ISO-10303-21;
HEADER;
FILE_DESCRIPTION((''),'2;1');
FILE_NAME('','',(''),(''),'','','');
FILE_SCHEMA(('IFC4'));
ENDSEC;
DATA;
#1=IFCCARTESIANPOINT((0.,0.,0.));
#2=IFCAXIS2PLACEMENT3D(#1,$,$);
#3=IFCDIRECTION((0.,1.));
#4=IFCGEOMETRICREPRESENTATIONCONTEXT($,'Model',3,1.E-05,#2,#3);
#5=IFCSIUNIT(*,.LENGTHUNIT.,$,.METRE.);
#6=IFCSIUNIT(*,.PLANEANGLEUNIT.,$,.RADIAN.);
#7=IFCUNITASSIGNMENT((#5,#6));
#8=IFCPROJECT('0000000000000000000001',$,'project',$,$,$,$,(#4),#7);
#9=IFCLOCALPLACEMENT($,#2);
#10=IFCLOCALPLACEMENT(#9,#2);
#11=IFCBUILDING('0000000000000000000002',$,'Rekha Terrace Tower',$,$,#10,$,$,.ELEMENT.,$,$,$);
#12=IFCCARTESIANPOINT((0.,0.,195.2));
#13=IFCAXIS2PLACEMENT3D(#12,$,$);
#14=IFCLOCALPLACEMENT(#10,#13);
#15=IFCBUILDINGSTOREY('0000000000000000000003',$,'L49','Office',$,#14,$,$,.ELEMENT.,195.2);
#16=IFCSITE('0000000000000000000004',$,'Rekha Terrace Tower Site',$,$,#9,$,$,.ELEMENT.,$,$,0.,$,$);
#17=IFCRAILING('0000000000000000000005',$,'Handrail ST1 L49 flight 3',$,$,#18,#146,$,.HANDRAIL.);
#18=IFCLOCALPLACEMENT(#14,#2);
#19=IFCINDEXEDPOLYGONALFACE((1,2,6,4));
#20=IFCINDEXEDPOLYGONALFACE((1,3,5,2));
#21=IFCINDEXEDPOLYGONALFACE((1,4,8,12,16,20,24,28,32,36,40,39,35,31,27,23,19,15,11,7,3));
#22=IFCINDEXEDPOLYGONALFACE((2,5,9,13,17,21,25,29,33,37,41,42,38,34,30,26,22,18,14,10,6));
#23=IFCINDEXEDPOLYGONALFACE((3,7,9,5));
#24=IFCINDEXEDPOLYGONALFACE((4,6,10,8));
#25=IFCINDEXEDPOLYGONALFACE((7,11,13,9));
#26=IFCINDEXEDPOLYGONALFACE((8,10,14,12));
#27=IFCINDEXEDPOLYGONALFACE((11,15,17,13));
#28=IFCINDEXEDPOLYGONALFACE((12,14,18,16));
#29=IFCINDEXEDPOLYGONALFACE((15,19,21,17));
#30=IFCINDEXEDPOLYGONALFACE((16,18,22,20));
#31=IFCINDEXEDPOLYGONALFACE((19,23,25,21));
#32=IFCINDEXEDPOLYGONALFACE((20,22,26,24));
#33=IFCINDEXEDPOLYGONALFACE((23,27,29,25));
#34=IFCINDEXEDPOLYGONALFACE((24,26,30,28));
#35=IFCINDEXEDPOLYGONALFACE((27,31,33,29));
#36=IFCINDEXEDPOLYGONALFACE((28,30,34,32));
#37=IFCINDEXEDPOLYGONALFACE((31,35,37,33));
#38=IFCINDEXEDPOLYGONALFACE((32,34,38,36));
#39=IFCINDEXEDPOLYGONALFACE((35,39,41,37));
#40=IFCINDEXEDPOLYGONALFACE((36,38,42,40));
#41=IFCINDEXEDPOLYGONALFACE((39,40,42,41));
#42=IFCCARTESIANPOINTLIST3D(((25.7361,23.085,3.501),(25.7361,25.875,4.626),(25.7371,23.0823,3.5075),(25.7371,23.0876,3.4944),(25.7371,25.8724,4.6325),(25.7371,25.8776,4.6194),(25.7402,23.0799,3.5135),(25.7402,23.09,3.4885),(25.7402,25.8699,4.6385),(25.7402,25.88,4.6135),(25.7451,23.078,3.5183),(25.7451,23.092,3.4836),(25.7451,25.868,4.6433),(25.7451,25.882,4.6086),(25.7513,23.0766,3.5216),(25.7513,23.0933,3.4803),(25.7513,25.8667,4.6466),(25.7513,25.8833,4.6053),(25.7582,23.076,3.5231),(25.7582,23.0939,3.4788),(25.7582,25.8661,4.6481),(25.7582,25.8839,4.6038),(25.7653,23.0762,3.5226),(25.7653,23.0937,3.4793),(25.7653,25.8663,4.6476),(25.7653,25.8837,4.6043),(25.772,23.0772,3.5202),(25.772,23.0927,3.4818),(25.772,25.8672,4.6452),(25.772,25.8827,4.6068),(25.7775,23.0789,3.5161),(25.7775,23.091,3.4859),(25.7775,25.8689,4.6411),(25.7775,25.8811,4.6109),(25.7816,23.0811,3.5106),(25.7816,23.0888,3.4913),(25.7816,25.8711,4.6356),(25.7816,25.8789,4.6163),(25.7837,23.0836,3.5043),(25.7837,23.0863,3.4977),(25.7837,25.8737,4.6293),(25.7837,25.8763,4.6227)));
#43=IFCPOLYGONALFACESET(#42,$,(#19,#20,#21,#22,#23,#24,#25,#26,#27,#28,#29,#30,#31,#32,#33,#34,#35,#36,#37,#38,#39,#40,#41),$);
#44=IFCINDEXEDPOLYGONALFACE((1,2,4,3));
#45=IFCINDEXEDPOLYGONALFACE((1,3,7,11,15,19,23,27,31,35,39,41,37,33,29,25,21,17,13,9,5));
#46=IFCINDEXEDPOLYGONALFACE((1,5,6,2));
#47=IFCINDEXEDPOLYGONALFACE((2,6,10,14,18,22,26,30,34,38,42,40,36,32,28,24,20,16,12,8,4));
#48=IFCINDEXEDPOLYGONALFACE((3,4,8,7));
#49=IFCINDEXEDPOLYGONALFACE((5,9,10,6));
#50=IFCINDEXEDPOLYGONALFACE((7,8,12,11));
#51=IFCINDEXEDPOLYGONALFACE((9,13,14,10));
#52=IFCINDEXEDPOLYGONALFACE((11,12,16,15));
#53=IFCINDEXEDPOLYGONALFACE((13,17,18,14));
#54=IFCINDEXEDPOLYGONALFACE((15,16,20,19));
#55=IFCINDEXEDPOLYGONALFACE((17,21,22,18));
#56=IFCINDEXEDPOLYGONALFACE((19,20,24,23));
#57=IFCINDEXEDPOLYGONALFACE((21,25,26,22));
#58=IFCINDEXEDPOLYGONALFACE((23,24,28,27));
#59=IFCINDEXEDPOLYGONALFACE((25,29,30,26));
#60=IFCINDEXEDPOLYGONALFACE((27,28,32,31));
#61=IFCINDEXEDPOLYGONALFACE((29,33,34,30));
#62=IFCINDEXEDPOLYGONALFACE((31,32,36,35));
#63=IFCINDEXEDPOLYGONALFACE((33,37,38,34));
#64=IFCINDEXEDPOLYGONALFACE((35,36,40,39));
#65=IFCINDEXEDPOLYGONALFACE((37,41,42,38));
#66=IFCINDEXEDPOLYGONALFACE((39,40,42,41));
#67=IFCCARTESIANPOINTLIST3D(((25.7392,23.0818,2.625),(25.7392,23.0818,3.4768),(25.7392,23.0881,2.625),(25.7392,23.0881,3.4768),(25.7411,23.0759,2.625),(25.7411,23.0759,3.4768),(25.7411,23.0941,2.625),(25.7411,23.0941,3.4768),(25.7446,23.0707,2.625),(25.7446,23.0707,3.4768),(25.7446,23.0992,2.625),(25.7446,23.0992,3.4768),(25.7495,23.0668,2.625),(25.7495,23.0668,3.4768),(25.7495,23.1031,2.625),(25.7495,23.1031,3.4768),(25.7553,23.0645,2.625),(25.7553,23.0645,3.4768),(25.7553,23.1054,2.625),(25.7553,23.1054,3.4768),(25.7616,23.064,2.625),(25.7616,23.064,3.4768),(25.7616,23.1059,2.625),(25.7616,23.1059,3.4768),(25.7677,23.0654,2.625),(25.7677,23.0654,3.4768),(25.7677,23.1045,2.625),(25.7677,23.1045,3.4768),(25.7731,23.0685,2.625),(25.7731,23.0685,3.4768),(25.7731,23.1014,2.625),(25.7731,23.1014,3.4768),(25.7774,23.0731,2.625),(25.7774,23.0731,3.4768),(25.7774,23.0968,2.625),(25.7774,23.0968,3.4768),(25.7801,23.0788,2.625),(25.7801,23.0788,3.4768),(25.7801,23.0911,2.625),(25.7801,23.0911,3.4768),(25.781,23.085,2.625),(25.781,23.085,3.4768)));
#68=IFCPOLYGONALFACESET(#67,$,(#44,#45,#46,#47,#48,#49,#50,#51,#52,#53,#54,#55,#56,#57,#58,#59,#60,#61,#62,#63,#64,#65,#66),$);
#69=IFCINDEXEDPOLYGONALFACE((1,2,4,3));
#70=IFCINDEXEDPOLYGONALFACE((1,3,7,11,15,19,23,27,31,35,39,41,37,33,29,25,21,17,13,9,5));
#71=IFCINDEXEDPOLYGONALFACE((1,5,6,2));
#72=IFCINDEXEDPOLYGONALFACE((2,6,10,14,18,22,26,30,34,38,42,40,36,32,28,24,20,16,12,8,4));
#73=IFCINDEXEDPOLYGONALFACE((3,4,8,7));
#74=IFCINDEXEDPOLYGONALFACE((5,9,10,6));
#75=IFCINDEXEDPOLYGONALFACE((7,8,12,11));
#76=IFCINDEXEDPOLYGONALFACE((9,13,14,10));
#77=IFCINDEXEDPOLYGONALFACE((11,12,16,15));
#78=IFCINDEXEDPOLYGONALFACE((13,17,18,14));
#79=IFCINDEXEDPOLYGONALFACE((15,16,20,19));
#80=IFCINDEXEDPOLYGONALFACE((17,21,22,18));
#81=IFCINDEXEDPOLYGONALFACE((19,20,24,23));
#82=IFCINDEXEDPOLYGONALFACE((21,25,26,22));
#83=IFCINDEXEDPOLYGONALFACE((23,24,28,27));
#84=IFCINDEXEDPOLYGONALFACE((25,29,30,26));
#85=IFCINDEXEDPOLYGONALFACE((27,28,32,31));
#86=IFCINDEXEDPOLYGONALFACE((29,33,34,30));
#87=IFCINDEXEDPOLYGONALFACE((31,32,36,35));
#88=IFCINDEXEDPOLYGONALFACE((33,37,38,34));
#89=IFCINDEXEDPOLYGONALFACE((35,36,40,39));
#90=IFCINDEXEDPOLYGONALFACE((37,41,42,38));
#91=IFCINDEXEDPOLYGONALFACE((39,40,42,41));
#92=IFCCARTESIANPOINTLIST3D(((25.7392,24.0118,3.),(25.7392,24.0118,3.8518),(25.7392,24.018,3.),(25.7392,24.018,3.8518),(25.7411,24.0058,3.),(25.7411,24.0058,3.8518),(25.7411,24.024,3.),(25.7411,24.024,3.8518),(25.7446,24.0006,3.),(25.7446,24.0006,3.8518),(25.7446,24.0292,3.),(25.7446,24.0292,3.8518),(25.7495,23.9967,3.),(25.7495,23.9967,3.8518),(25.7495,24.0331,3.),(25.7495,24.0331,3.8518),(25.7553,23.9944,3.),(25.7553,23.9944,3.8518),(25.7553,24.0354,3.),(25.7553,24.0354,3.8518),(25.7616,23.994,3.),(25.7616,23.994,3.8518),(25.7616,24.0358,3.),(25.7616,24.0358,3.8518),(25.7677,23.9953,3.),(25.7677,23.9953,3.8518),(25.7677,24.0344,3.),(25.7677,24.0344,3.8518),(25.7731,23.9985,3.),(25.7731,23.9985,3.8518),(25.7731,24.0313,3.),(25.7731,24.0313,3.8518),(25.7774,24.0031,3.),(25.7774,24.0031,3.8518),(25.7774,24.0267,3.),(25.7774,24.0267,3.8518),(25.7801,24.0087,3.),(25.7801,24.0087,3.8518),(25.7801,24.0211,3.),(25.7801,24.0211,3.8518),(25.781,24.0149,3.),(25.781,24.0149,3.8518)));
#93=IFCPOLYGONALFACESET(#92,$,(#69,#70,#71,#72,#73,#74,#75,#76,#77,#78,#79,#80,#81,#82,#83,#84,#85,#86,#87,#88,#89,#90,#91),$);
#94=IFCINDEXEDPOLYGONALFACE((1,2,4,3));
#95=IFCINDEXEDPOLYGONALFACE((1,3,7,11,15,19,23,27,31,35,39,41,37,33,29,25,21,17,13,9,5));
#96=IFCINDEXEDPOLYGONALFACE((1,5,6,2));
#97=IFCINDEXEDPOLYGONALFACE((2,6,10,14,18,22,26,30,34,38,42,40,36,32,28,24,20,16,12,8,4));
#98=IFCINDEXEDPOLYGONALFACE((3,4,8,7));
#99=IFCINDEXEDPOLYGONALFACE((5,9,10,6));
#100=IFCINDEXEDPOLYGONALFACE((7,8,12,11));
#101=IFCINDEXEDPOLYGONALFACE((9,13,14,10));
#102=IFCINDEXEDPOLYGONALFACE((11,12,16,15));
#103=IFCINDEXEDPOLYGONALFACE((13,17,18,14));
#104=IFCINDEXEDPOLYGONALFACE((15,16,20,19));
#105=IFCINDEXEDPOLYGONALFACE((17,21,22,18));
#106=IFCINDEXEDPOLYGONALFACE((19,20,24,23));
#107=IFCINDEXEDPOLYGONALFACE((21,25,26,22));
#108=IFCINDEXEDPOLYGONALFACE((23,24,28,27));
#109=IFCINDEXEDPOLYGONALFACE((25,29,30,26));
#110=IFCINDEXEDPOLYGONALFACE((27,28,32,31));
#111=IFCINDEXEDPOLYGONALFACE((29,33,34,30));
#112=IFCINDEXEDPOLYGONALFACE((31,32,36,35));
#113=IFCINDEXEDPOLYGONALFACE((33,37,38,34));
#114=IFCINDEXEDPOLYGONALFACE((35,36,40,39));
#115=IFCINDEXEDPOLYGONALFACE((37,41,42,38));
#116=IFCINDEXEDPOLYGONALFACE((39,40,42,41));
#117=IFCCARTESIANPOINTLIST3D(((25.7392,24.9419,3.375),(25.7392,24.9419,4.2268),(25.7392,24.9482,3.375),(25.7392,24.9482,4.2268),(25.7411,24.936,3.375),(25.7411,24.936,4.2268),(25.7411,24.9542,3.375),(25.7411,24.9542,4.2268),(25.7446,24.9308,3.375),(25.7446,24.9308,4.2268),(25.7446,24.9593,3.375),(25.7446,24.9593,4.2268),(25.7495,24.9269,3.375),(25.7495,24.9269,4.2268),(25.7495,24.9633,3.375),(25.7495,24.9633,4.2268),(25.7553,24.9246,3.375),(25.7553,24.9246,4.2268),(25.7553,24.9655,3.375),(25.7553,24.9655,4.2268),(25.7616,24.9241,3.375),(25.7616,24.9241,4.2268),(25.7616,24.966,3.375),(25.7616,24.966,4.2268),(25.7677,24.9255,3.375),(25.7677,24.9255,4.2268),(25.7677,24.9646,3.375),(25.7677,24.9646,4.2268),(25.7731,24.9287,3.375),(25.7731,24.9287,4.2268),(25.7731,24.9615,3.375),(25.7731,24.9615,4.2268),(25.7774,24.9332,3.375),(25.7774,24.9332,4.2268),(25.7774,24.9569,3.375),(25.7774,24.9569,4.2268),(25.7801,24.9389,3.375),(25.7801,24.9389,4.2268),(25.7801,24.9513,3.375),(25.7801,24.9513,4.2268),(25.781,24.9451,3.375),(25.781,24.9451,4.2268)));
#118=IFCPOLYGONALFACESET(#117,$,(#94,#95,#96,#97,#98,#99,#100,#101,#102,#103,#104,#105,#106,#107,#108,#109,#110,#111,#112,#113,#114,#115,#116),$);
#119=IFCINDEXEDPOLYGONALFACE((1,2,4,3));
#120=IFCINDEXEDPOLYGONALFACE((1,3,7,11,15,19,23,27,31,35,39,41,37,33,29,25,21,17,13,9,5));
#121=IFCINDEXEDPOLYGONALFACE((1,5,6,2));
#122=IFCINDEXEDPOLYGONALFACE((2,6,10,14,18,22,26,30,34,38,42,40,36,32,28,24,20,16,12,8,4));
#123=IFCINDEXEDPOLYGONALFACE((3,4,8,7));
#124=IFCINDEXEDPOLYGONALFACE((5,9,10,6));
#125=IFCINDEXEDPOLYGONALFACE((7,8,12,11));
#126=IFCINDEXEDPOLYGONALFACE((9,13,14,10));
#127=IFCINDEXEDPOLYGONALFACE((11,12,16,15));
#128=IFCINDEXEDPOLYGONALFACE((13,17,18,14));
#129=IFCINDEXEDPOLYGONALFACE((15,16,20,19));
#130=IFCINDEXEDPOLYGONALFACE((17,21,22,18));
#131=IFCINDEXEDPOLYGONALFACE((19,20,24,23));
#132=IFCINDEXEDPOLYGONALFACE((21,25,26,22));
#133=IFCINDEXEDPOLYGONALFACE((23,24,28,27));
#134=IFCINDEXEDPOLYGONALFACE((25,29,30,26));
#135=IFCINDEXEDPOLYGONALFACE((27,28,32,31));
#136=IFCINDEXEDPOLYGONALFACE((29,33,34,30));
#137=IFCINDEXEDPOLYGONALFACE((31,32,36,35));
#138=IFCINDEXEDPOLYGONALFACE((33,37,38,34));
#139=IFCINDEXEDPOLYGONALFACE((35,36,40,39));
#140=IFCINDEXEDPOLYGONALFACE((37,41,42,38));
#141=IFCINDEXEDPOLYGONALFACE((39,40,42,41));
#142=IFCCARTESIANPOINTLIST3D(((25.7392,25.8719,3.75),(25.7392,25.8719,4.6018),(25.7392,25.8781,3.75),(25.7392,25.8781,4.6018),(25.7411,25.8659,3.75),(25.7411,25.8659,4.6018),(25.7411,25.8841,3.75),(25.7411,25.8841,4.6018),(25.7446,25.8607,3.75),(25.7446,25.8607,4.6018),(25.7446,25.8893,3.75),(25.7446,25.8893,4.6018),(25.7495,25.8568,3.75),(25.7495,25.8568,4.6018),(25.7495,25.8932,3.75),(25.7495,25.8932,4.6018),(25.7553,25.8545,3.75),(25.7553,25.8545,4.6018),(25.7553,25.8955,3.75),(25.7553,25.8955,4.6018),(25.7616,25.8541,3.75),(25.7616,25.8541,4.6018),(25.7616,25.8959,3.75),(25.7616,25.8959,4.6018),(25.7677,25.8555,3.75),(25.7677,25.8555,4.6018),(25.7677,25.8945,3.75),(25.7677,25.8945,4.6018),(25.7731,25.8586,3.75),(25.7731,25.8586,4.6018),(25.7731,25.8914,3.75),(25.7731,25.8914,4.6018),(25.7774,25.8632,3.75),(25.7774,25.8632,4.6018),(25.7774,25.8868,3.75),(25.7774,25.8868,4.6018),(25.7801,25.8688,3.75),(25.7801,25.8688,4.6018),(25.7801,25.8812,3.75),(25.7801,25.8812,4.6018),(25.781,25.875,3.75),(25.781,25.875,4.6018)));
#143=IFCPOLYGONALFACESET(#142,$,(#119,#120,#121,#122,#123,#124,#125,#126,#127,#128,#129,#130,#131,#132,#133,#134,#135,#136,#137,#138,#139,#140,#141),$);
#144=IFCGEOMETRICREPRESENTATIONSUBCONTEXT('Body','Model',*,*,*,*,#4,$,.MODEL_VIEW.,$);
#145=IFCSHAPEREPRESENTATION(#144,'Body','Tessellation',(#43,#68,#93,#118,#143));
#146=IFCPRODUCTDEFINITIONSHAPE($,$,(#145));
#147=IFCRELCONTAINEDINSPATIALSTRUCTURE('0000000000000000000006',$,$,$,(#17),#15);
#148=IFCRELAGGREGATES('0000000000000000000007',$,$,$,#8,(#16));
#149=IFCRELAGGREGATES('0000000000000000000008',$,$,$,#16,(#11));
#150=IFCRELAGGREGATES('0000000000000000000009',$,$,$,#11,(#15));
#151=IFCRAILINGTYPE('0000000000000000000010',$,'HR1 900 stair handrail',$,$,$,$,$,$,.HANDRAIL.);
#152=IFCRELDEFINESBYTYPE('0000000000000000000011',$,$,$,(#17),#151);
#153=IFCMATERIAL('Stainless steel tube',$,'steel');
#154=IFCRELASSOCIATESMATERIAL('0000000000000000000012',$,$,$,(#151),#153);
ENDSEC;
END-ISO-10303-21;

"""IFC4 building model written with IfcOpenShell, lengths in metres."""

from ifc_helpers import new_model, si_unit, direction, frame, origin, origin_2d, place, context, subcontext, project, spatial, circle, extrude, material, type_object, element, save


model = new_model("IFC4")

# Units and contexts
model_context = context("Model", 3, precision=1e-05, world=origin(), true_north=direction((0.0, 1.0)))
body_context = subcontext(model_context, "Body", "Model", "MODEL_VIEW")
ifc_project = project(units=[si_unit("LENGTHUNIT", "METRE"), si_unit("PLANEANGLEUNIT", "RADIAN")], contexts=[model_context])

# Site, building, storey
site_placement = place(None, origin())
site = spatial("IfcSite", under=ifc_project, at=site_placement, Name="Rekha Terrace Tower Site", CompositionType="ELEMENT", RefElevation=0.0)
building_placement = place(site_placement, origin())
building = spatial("IfcBuilding", under=site, at=building_placement, Name="Rekha Terrace Tower", CompositionType="ELEMENT")
storey_placement = place(building_placement, frame((0.0, 0.0, 195.2)))
storey = spatial("IfcBuildingStorey", under=building, at=storey_placement, Name="L49", Description="Office", CompositionType="ELEMENT", Elevation=195.2)

# Railing
ifc_material_1 = material(Name="Stainless steel tube", Category="steel")
railing_type_1 = type_object("IfcRailingType", Name="HR1 900 stair handrail", PredefinedType="HANDRAIL", material=ifc_material_1)
railing_1_placement = place(storey_placement, frame((25.76, 23.085, 2.625)))
element("IfcRailing", 1, at=railing_1_placement, inside=storey, type_object=railing_type_1, Name="Handrail ST1 L49 flight 3", PredefinedType="HANDRAIL", context=body_context, shape_type="SweptSolid", body=[
    extrude(circle(Radius=0.0239, at=origin_2d()), frame((0.0, 0.0, 0.876), z_axis=(0.0, 0.927443, 0.373964), x_axis=(-1.0, 0.0, 0.0)), (0.0, 0.0, 1.0), 3.0083),
    extrude(circle(Radius=0.021, at=origin_2d()), origin(), (0.0, 0.0, 1.0), 0.8518),
    extrude(circle(Radius=0.021, at=origin_2d()), frame((0.0, 0.9299, 0.375)), (0.0, 0.0, 1.0), 0.8518),
    extrude(circle(Radius=0.021, at=origin_2d()), frame((0.0, 1.8601, 0.75)), (0.0, 0.0, 1.0), 0.8518),
    extrude(circle(Radius=0.021, at=origin_2d()), frame((0.0, 2.79, 1.125)), (0.0, 0.0, 1.0), 0.8518),
])

save(model, "model.ifc")
